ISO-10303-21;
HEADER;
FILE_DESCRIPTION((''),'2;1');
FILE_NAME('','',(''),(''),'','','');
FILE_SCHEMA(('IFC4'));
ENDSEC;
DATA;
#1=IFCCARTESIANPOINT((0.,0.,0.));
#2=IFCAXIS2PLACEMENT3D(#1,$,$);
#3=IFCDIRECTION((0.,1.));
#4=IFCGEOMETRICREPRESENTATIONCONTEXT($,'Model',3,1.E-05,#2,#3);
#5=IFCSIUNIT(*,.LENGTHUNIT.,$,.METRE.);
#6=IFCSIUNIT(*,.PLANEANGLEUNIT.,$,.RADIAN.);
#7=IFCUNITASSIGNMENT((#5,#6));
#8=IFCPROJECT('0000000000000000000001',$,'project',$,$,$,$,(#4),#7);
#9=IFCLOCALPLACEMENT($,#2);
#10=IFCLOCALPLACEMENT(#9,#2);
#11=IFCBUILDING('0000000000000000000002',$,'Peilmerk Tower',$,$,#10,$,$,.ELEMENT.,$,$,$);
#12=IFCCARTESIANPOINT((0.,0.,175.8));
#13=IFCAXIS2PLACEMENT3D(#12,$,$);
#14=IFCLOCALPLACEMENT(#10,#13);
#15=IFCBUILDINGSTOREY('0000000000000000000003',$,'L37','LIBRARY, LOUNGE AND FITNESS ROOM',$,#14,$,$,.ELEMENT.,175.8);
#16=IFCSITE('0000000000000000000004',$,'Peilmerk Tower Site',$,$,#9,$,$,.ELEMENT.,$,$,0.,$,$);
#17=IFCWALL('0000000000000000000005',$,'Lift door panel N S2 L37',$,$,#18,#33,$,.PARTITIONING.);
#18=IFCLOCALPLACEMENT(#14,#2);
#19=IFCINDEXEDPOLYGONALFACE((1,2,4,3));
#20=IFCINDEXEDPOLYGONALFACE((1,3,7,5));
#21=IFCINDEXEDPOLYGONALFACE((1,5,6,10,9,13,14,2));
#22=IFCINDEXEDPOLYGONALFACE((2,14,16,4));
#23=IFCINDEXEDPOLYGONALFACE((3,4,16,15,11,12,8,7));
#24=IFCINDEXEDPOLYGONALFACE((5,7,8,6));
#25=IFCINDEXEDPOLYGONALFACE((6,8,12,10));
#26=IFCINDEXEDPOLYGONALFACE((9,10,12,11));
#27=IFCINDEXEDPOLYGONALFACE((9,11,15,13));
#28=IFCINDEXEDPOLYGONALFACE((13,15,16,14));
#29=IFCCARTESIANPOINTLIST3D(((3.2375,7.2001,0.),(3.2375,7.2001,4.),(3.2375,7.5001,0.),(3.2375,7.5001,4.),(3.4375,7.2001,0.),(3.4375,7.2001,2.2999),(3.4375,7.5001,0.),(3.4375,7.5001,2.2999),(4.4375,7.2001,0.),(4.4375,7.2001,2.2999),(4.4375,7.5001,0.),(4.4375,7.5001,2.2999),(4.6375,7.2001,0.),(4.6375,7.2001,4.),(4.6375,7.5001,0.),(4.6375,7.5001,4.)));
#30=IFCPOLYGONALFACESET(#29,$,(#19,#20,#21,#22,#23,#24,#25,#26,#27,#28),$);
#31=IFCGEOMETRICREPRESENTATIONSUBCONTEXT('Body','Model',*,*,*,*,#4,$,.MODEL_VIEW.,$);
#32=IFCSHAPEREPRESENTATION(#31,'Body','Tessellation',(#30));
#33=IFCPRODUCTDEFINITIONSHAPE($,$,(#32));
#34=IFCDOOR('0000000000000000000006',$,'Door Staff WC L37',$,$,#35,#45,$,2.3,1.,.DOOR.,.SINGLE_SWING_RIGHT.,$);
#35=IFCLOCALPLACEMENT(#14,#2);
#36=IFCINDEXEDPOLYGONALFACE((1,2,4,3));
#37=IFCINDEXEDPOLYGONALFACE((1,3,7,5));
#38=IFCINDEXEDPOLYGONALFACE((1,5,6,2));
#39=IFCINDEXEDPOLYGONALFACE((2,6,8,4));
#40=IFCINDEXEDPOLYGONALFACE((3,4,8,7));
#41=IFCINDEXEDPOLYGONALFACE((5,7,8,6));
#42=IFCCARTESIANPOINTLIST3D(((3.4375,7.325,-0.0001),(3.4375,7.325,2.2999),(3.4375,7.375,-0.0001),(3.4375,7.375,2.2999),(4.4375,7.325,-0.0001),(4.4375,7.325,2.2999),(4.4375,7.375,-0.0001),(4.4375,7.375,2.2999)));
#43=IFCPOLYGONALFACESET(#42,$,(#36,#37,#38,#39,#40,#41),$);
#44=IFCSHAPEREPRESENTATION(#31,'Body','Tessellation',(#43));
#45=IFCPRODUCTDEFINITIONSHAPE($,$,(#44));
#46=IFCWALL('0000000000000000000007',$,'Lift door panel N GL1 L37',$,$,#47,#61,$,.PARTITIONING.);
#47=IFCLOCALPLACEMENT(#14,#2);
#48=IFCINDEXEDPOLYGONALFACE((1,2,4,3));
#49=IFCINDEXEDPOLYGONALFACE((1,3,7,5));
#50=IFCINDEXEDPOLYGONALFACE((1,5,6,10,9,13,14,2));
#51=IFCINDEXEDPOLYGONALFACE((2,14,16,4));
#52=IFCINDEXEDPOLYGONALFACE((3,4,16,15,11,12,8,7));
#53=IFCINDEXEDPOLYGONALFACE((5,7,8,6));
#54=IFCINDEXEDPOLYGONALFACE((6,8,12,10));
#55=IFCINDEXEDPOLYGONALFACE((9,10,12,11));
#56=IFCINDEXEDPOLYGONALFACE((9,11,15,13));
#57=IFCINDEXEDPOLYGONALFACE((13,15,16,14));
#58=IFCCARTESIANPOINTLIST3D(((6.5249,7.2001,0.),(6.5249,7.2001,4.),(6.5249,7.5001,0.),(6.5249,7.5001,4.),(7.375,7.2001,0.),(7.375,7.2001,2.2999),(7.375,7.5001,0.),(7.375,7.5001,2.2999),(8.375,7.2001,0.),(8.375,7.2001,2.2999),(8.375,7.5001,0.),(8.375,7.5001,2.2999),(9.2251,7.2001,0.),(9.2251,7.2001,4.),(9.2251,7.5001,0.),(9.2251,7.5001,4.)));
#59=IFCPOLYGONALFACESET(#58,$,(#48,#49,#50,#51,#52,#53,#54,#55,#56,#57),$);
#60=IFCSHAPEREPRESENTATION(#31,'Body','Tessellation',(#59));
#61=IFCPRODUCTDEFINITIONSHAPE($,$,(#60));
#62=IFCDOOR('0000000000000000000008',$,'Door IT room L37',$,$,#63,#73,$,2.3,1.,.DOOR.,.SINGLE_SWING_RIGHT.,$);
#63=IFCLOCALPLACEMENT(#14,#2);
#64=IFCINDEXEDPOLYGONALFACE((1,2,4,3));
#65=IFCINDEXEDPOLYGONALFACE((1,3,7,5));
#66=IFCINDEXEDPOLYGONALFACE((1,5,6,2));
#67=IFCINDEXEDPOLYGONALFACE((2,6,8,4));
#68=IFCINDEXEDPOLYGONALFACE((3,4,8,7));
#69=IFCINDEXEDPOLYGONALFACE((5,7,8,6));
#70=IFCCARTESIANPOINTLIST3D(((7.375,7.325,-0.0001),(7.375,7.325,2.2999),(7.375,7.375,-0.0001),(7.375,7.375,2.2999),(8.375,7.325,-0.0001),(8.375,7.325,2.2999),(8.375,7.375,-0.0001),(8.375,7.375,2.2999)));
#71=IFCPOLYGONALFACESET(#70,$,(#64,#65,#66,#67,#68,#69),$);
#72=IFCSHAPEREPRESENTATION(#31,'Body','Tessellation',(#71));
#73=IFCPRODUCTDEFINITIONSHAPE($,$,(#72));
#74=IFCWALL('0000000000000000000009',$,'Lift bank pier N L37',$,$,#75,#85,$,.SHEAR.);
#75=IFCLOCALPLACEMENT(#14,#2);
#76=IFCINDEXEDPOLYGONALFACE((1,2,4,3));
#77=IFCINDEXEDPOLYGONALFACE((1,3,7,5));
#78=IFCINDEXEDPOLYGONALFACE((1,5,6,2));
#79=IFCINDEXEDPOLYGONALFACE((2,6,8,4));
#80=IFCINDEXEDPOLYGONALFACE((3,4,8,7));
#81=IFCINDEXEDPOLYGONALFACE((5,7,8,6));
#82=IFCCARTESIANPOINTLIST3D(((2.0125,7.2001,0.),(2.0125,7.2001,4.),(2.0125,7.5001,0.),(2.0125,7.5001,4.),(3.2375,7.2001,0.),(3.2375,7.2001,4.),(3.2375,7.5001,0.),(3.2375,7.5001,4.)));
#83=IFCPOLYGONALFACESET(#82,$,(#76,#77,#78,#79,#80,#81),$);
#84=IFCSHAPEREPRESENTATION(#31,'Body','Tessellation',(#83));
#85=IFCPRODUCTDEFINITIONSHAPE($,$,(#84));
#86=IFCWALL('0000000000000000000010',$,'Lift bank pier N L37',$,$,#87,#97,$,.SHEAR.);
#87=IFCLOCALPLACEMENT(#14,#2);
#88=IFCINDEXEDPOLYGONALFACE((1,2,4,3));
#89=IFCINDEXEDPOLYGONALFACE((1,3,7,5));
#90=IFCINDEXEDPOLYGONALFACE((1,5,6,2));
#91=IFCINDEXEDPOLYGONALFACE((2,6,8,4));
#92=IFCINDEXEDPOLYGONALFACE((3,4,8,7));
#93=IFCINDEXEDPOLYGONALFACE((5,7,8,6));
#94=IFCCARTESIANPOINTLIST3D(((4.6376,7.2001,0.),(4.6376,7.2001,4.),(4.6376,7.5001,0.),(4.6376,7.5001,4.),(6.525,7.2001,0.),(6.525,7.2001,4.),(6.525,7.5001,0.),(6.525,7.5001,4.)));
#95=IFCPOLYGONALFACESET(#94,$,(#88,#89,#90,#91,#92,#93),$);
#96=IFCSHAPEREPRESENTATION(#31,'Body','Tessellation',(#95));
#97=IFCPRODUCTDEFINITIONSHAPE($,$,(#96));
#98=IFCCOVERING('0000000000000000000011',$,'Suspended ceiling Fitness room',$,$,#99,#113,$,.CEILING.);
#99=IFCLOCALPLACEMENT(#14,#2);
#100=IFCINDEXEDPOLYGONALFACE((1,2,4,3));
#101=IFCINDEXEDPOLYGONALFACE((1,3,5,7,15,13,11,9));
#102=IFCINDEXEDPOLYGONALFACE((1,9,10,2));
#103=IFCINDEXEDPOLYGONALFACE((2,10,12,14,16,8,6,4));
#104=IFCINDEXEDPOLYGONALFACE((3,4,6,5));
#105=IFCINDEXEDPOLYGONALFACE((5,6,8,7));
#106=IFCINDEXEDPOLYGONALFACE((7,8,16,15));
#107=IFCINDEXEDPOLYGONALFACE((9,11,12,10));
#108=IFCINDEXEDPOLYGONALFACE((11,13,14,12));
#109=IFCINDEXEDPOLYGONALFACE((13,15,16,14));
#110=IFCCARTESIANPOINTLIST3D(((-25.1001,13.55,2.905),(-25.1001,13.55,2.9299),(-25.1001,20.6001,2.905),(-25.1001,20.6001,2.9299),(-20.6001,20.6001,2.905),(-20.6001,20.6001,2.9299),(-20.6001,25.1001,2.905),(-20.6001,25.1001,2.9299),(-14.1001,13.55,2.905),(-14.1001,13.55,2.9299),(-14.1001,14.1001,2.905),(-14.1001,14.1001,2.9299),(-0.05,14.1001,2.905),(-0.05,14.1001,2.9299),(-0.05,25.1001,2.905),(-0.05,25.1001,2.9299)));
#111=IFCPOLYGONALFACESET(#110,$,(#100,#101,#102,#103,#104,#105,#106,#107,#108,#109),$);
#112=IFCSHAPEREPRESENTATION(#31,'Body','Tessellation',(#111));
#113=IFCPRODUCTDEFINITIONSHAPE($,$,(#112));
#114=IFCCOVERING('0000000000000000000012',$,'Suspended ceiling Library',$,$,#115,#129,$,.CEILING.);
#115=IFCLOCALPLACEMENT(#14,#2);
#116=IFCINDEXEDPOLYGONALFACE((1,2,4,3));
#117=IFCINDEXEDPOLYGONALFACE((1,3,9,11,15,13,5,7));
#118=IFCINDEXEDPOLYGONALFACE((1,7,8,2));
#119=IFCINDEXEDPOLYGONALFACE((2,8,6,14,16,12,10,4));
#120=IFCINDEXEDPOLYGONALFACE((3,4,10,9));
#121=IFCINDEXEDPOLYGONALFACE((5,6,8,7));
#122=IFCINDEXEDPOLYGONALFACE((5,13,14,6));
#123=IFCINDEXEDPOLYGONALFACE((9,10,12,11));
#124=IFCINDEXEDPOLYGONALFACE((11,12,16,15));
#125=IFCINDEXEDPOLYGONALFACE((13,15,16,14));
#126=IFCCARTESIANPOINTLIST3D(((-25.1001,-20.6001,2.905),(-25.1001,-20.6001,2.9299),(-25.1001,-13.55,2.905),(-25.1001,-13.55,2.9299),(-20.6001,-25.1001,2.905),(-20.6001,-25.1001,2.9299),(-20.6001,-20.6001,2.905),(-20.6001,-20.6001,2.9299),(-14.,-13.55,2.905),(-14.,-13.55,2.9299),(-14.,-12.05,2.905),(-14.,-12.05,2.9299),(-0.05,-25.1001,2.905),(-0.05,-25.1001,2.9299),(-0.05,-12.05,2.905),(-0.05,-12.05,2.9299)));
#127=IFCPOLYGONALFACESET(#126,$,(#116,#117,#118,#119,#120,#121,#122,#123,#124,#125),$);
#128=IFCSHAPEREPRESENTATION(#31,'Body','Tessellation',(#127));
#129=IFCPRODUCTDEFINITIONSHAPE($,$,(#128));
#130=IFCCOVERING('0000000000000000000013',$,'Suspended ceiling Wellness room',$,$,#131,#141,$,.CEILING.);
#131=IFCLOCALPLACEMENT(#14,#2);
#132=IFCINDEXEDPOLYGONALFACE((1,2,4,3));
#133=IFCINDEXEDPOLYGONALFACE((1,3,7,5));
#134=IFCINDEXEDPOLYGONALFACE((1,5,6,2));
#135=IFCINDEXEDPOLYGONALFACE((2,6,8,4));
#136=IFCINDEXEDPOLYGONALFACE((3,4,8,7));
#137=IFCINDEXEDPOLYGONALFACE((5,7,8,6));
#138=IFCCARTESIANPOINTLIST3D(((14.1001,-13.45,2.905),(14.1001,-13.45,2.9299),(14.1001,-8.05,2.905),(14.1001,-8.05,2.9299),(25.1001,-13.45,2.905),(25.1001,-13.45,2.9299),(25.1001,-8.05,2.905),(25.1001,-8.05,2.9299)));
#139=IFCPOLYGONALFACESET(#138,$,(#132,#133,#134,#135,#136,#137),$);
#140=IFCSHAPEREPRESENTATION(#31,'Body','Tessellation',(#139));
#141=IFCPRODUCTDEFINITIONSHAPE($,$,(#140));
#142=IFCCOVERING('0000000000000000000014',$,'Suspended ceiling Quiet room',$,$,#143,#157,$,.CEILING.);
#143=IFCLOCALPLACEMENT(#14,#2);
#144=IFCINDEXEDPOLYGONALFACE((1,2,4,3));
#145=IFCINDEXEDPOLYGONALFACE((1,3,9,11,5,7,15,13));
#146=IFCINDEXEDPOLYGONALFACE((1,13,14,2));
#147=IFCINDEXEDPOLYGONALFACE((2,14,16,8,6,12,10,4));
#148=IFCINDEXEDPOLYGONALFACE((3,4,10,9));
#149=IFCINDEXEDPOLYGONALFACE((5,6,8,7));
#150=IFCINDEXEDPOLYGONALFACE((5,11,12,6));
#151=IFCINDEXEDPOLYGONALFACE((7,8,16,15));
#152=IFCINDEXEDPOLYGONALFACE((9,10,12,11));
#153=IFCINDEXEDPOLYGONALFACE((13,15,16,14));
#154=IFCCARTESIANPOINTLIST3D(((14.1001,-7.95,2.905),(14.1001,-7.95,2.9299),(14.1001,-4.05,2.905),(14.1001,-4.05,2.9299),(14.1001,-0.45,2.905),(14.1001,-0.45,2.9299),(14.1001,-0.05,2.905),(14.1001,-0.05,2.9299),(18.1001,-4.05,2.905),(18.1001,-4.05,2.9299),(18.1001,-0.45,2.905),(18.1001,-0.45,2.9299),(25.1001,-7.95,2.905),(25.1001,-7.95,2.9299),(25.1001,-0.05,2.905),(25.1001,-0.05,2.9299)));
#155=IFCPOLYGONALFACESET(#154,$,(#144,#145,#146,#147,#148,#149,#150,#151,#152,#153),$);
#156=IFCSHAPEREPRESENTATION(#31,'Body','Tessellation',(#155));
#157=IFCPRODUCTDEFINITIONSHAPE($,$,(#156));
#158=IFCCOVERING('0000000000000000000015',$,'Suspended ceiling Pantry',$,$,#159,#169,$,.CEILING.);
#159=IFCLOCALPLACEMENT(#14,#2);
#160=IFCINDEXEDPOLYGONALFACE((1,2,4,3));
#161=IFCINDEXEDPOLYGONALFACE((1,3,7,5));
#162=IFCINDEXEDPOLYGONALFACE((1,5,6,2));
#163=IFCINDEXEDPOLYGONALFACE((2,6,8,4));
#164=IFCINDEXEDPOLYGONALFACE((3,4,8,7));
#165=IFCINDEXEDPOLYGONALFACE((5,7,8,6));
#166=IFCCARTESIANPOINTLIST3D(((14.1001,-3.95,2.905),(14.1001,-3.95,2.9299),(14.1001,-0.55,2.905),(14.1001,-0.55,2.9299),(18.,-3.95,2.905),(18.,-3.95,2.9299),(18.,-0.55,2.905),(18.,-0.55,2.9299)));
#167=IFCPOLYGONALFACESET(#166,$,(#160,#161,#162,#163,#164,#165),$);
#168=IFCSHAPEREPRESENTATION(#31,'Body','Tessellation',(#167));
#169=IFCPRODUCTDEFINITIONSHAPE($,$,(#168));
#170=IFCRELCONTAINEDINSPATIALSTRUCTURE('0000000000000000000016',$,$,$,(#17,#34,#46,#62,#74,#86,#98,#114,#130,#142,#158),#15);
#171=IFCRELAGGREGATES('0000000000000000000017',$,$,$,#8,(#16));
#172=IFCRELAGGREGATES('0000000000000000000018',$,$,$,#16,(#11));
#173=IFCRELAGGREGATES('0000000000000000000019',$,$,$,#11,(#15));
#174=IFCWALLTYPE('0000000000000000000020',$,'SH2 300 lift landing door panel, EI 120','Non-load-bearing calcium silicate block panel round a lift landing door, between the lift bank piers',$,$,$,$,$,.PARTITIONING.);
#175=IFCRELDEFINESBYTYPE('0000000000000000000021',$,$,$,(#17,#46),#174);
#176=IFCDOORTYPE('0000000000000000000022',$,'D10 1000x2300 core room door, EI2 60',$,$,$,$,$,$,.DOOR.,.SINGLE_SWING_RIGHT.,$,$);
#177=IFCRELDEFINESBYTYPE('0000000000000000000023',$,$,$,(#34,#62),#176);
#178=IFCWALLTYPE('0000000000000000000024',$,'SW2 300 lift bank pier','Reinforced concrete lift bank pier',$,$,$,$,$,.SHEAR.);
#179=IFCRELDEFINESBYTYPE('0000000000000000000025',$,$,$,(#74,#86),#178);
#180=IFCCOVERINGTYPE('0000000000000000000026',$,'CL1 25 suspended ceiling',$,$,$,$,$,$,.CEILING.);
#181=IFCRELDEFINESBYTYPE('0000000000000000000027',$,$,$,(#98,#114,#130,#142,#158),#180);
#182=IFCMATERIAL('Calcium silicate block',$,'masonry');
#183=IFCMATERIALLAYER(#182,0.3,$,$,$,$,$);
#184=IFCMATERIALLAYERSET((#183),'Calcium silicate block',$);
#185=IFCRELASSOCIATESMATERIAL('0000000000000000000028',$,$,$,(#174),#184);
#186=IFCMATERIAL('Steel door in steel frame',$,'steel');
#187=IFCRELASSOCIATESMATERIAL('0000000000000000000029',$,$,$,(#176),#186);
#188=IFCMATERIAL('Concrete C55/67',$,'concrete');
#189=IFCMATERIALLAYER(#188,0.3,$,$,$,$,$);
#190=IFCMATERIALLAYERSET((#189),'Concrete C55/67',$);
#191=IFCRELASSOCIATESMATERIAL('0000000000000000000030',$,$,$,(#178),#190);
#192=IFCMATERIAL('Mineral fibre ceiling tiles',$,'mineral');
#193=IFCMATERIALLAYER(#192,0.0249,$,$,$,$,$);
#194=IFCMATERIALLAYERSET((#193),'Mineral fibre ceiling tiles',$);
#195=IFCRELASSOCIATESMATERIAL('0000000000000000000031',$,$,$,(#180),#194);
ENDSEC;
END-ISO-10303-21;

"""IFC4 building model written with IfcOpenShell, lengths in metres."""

from ifc_helpers import new_model, si_unit, direction, frame, frame_2d, origin, place, context, subcontext, project, spatial, polyline, rectangle, outline, extrude, material, layer, layer_set, type_object, element, fill, save


model = new_model("IFC4")

# Units and contexts
model_context = context("Model", 3, precision=1e-05, world=origin(), true_north=direction((0.0, 1.0)))
body_context = subcontext(model_context, "Body", "Model", "MODEL_VIEW")
ifc_project = project(units=[si_unit("LENGTHUNIT", "METRE"), si_unit("PLANEANGLEUNIT", "RADIAN")], contexts=[model_context])

# Site, building, storey
site_placement = place(None, origin())
site = spatial("IfcSite", under=ifc_project, at=site_placement, Name="Peilmerk Tower Site", CompositionType="ELEMENT", RefElevation=0.0)
building_placement = place(site_placement, origin())
building = spatial("IfcBuilding", under=site, at=building_placement, Name="Peilmerk Tower", CompositionType="ELEMENT")
storey_placement = place(building_placement, frame((0.0, 0.0, 175.8)))
storey = spatial("IfcBuildingStorey", under=building, at=storey_placement, Name="L37", Description="LIBRARY, LOUNGE AND FITNESS ROOM", CompositionType="ELEMENT", Elevation=175.8)

# Shared definitions
ifc_material_1 = material(Name="Calcium silicate block", Category="masonry")

# Shared definitions
ifc_material_2 = material(Name="Steel door in steel frame", Category="steel")

# Walls, openings, doors
ifc_layer_1 = layer(ifc_material_1, 0.3)
ifc_layer_set_1 = layer_set([ifc_layer_1], Name="Calcium silicate block")
wall_type_1 = type_object("IfcWallType", Name="SH2 300 lift landing door panel, EI 120", Description="Non-load-bearing calcium silicate block panel round a lift landing door, between the lift bank piers", PredefinedType="PARTITIONING", material=ifc_layer_set_1)
door_type_1 = type_object("IfcDoorType", Name="D10 1000x2300 core room door, EI2 60", OperationType="SINGLE_SWING_RIGHT", PredefinedType="DOOR", material=ifc_material_2)
wall_1_placement = place(storey_placement, frame((3.2375, 7.3501, 0.0), z_axis=(0.0, 0.0, 1.0), x_axis=(1.0, 0.0, 0.0)))
wall_1 = element("IfcWall", 1, at=wall_1_placement, inside=storey, type_object=wall_type_1, Name="Lift door panel N S2 L37", PredefinedType="PARTITIONING", context=body_context, shape_type="SweptSolid", body=[
    extrude(rectangle(XDim=1.3999, YDim=0.3, at=frame_2d((0.7, 0.0))), origin(), (0.0, 0.0, 1.0), 4.0),
])
opening_1_placement = place(wall_1_placement, frame((0.2, 0.0, 0.0)))
opening_1 = element("IfcOpeningElement", 2, at=opening_1_placement, cuts=wall_1, PredefinedType="OPENING", context=body_context, shape_type="SweptSolid", body=[
    extrude(rectangle(XDim=1.0, YDim=2.3, at=frame_2d((0.5, 1.1499))), frame((0.0, 0.1599, 0.0), z_axis=(0.0, -1.0, 0.0), x_axis=(1.0, 0.0, 0.0)), (0.0, 0.0, 1.0), 0.3201),
])
door_1_placement = place(opening_1_placement, origin())
door_1 = element("IfcDoor", 3, at=door_1_placement, inside=storey, type_object=door_type_1, Name="Door Staff WC L37", OperationType="SINGLE_SWING_RIGHT", OverallHeight=2.3, OverallWidth=1.0, PredefinedType="DOOR", context=body_context, shape_type="SweptSolid", body=[
    extrude(rectangle(XDim=1.0, YDim=2.3, at=frame_2d((0.5, 1.1499))), frame((0.0, 0.0249, 0.0), z_axis=(0.0, -1.0, 0.0), x_axis=(1.0, 0.0, 0.0)), (0.0, 0.0, 1.0), 0.05),
])
fill(opening_1, door_1)
wall_2_placement = place(storey_placement, frame((6.5249, 7.3501, 0.0), z_axis=(0.0, 0.0, 1.0), x_axis=(1.0, 0.0, 0.0)))
wall_2 = element("IfcWall", 4, at=wall_2_placement, inside=storey, type_object=wall_type_1, Name="Lift door panel N GL1 L37", PredefinedType="PARTITIONING", context=body_context, shape_type="SweptSolid", body=[
    extrude(rectangle(XDim=2.7002, YDim=0.3, at=frame_2d((1.3501, 0.0))), origin(), (0.0, 0.0, 1.0), 4.0),
])
opening_2_placement = place(wall_2_placement, frame((0.8501, 0.0, 0.0)))
opening_2 = element("IfcOpeningElement", 5, at=opening_2_placement, cuts=wall_2, PredefinedType="OPENING", context=body_context, shape_type="SweptSolid", body=[
    extrude(rectangle(XDim=1.0, YDim=2.3, at=frame_2d((0.5, 1.1499))), frame((0.0, 0.1599, 0.0), z_axis=(0.0, -1.0, 0.0), x_axis=(1.0, 0.0, 0.0)), (0.0, 0.0, 1.0), 0.3201),
])
door_2_placement = place(opening_2_placement, origin())
door_2 = element("IfcDoor", 6, at=door_2_placement, inside=storey, type_object=door_type_1, Name="Door IT room L37", OperationType="SINGLE_SWING_RIGHT", OverallHeight=2.3, OverallWidth=1.0, PredefinedType="DOOR", context=body_context, shape_type="SweptSolid", body=[
    extrude(rectangle(XDim=1.0, YDim=2.3, at=frame_2d((0.5, 1.1499))), frame((0.0, 0.0249, 0.0), z_axis=(0.0, -1.0, 0.0), x_axis=(1.0, 0.0, 0.0)), (0.0, 0.0, 1.0), 0.05),
])
fill(opening_2, door_2)

# Walls
ifc_material_3 = material(Name="Concrete C55/67", Category="concrete")
ifc_layer_2 = layer(ifc_material_3, 0.3)
ifc_layer_set_2 = layer_set([ifc_layer_2], Name="Concrete C55/67")
wall_type_2 = type_object("IfcWallType", Name="SW2 300 lift bank pier", Description="Reinforced concrete lift bank pier", PredefinedType="SHEAR", material=ifc_layer_set_2)
wall_3_placement = place(storey_placement, frame((2.0125, 7.3501, 0.0), z_axis=(0.0, 0.0, 1.0), x_axis=(1.0, 0.0, 0.0)))
element("IfcWall", 7, at=wall_3_placement, inside=storey, type_object=wall_type_2, Name="Lift bank pier N L37", PredefinedType="SHEAR", context=body_context, shape_type="SweptSolid", body=[
    extrude(rectangle(XDim=1.2251, YDim=0.3, at=frame_2d((0.6125, 0.0))), origin(), (0.0, 0.0, 1.0), 4.0),
])
wall_4_placement = place(storey_placement, frame((4.6375, 7.3501, 0.0), z_axis=(0.0, 0.0, 1.0), x_axis=(1.0, 0.0, 0.0)))
element("IfcWall", 8, at=wall_4_placement, inside=storey, type_object=wall_type_2, Name="Lift bank pier N L37", PredefinedType="SHEAR", context=body_context, shape_type="SweptSolid", body=[
    extrude(rectangle(XDim=1.8875, YDim=0.3, at=frame_2d((0.9438, 0.0))), origin(), (0.0, 0.0, 1.0), 4.0),
])

# Coverings
ifc_material_4 = material(Name="Mineral fibre ceiling tiles", Category="mineral")
ifc_layer_3 = layer(ifc_material_4, 0.0249)
ifc_layer_set_3 = layer_set([ifc_layer_3], Name="Mineral fibre ceiling tiles")
covering_type = type_object("IfcCoveringType", Name="CL1 25 suspended ceiling", PredefinedType="CEILING", material=ifc_layer_set_3)
covering_1_placement = place(storey_placement, frame((0.0, 0.0, 2.905)))
element("IfcCovering", 9, at=covering_1_placement, inside=storey, type_object=covering_type, Name="Suspended ceiling Fitness room", PredefinedType="CEILING", context=body_context, shape_type="SweptSolid", body=[
    extrude(outline(polyline([(-25.1001, 20.6001), (-25.1001, 13.55), (-14.1001, 13.55), (-14.1001, 14.1001), (-0.05, 14.1001), (-0.05, 25.1001), (-20.6001, 25.1001), (-20.6001, 20.6001), (-25.1001, 20.6001)])), origin(), (0.0, 0.0, 1.0), 0.0249),
])
covering_2_placement = place(storey_placement, frame((0.0, 0.0, 2.905)))
element("IfcCovering", 10, at=covering_2_placement, inside=storey, type_object=covering_type, Name="Suspended ceiling Library", PredefinedType="CEILING", context=body_context, shape_type="SweptSolid", body=[
    extrude(outline(polyline([(-20.6001, -25.1001), (-0.05, -25.1001), (-0.05, -12.05), (-14.0, -12.05), (-14.0, -13.55), (-25.1001, -13.55), (-25.1001, -20.6001), (-20.6001, -20.6001), (-20.6001, -25.1001)])), origin(), (0.0, 0.0, 1.0), 0.0249),
])
covering_3_placement = place(storey_placement, frame((0.0, 0.0, 2.905)))
element("IfcCovering", 11, at=covering_3_placement, inside=storey, type_object=covering_type, Name="Suspended ceiling Wellness room", PredefinedType="CEILING", context=body_context, shape_type="SweptSolid", body=[
    extrude(outline(polyline([(25.1001, -13.45), (25.1001, -8.05), (14.1001, -8.05), (14.1001, -13.45), (25.1001, -13.45)])), origin(), (0.0, 0.0, 1.0), 0.0249),
])
covering_4_placement = place(storey_placement, frame((0.0, 0.0, 2.905)))
element("IfcCovering", 12, at=covering_4_placement, inside=storey, type_object=covering_type, Name="Suspended ceiling Quiet room", PredefinedType="CEILING", context=body_context, shape_type="SweptSolid", body=[
    extrude(outline(polyline([(14.1001, -7.95), (25.1001, -7.95), (25.1001, -0.05), (14.1001, -0.05), (14.1001, -0.45), (18.1001, -0.45), (18.1001, -4.05), (14.1001, -4.05), (14.1001, -7.95)])), origin(), (0.0, 0.0, 1.0), 0.0249),
])
covering_5_placement = place(storey_placement, frame((0.0, 0.0, 2.905)))
element("IfcCovering", 13, at=covering_5_placement, inside=storey, type_object=covering_type, Name="Suspended ceiling Pantry", PredefinedType="CEILING", context=body_context, shape_type="SweptSolid", body=[
    extrude(outline(polyline([(18.0, -3.95), (18.0, -0.55), (14.1001, -0.55), (14.1001, -3.95), (18.0, -3.95)])), origin(), (0.0, 0.0, 1.0), 0.0249),
])

save(model, "model.ifc")
